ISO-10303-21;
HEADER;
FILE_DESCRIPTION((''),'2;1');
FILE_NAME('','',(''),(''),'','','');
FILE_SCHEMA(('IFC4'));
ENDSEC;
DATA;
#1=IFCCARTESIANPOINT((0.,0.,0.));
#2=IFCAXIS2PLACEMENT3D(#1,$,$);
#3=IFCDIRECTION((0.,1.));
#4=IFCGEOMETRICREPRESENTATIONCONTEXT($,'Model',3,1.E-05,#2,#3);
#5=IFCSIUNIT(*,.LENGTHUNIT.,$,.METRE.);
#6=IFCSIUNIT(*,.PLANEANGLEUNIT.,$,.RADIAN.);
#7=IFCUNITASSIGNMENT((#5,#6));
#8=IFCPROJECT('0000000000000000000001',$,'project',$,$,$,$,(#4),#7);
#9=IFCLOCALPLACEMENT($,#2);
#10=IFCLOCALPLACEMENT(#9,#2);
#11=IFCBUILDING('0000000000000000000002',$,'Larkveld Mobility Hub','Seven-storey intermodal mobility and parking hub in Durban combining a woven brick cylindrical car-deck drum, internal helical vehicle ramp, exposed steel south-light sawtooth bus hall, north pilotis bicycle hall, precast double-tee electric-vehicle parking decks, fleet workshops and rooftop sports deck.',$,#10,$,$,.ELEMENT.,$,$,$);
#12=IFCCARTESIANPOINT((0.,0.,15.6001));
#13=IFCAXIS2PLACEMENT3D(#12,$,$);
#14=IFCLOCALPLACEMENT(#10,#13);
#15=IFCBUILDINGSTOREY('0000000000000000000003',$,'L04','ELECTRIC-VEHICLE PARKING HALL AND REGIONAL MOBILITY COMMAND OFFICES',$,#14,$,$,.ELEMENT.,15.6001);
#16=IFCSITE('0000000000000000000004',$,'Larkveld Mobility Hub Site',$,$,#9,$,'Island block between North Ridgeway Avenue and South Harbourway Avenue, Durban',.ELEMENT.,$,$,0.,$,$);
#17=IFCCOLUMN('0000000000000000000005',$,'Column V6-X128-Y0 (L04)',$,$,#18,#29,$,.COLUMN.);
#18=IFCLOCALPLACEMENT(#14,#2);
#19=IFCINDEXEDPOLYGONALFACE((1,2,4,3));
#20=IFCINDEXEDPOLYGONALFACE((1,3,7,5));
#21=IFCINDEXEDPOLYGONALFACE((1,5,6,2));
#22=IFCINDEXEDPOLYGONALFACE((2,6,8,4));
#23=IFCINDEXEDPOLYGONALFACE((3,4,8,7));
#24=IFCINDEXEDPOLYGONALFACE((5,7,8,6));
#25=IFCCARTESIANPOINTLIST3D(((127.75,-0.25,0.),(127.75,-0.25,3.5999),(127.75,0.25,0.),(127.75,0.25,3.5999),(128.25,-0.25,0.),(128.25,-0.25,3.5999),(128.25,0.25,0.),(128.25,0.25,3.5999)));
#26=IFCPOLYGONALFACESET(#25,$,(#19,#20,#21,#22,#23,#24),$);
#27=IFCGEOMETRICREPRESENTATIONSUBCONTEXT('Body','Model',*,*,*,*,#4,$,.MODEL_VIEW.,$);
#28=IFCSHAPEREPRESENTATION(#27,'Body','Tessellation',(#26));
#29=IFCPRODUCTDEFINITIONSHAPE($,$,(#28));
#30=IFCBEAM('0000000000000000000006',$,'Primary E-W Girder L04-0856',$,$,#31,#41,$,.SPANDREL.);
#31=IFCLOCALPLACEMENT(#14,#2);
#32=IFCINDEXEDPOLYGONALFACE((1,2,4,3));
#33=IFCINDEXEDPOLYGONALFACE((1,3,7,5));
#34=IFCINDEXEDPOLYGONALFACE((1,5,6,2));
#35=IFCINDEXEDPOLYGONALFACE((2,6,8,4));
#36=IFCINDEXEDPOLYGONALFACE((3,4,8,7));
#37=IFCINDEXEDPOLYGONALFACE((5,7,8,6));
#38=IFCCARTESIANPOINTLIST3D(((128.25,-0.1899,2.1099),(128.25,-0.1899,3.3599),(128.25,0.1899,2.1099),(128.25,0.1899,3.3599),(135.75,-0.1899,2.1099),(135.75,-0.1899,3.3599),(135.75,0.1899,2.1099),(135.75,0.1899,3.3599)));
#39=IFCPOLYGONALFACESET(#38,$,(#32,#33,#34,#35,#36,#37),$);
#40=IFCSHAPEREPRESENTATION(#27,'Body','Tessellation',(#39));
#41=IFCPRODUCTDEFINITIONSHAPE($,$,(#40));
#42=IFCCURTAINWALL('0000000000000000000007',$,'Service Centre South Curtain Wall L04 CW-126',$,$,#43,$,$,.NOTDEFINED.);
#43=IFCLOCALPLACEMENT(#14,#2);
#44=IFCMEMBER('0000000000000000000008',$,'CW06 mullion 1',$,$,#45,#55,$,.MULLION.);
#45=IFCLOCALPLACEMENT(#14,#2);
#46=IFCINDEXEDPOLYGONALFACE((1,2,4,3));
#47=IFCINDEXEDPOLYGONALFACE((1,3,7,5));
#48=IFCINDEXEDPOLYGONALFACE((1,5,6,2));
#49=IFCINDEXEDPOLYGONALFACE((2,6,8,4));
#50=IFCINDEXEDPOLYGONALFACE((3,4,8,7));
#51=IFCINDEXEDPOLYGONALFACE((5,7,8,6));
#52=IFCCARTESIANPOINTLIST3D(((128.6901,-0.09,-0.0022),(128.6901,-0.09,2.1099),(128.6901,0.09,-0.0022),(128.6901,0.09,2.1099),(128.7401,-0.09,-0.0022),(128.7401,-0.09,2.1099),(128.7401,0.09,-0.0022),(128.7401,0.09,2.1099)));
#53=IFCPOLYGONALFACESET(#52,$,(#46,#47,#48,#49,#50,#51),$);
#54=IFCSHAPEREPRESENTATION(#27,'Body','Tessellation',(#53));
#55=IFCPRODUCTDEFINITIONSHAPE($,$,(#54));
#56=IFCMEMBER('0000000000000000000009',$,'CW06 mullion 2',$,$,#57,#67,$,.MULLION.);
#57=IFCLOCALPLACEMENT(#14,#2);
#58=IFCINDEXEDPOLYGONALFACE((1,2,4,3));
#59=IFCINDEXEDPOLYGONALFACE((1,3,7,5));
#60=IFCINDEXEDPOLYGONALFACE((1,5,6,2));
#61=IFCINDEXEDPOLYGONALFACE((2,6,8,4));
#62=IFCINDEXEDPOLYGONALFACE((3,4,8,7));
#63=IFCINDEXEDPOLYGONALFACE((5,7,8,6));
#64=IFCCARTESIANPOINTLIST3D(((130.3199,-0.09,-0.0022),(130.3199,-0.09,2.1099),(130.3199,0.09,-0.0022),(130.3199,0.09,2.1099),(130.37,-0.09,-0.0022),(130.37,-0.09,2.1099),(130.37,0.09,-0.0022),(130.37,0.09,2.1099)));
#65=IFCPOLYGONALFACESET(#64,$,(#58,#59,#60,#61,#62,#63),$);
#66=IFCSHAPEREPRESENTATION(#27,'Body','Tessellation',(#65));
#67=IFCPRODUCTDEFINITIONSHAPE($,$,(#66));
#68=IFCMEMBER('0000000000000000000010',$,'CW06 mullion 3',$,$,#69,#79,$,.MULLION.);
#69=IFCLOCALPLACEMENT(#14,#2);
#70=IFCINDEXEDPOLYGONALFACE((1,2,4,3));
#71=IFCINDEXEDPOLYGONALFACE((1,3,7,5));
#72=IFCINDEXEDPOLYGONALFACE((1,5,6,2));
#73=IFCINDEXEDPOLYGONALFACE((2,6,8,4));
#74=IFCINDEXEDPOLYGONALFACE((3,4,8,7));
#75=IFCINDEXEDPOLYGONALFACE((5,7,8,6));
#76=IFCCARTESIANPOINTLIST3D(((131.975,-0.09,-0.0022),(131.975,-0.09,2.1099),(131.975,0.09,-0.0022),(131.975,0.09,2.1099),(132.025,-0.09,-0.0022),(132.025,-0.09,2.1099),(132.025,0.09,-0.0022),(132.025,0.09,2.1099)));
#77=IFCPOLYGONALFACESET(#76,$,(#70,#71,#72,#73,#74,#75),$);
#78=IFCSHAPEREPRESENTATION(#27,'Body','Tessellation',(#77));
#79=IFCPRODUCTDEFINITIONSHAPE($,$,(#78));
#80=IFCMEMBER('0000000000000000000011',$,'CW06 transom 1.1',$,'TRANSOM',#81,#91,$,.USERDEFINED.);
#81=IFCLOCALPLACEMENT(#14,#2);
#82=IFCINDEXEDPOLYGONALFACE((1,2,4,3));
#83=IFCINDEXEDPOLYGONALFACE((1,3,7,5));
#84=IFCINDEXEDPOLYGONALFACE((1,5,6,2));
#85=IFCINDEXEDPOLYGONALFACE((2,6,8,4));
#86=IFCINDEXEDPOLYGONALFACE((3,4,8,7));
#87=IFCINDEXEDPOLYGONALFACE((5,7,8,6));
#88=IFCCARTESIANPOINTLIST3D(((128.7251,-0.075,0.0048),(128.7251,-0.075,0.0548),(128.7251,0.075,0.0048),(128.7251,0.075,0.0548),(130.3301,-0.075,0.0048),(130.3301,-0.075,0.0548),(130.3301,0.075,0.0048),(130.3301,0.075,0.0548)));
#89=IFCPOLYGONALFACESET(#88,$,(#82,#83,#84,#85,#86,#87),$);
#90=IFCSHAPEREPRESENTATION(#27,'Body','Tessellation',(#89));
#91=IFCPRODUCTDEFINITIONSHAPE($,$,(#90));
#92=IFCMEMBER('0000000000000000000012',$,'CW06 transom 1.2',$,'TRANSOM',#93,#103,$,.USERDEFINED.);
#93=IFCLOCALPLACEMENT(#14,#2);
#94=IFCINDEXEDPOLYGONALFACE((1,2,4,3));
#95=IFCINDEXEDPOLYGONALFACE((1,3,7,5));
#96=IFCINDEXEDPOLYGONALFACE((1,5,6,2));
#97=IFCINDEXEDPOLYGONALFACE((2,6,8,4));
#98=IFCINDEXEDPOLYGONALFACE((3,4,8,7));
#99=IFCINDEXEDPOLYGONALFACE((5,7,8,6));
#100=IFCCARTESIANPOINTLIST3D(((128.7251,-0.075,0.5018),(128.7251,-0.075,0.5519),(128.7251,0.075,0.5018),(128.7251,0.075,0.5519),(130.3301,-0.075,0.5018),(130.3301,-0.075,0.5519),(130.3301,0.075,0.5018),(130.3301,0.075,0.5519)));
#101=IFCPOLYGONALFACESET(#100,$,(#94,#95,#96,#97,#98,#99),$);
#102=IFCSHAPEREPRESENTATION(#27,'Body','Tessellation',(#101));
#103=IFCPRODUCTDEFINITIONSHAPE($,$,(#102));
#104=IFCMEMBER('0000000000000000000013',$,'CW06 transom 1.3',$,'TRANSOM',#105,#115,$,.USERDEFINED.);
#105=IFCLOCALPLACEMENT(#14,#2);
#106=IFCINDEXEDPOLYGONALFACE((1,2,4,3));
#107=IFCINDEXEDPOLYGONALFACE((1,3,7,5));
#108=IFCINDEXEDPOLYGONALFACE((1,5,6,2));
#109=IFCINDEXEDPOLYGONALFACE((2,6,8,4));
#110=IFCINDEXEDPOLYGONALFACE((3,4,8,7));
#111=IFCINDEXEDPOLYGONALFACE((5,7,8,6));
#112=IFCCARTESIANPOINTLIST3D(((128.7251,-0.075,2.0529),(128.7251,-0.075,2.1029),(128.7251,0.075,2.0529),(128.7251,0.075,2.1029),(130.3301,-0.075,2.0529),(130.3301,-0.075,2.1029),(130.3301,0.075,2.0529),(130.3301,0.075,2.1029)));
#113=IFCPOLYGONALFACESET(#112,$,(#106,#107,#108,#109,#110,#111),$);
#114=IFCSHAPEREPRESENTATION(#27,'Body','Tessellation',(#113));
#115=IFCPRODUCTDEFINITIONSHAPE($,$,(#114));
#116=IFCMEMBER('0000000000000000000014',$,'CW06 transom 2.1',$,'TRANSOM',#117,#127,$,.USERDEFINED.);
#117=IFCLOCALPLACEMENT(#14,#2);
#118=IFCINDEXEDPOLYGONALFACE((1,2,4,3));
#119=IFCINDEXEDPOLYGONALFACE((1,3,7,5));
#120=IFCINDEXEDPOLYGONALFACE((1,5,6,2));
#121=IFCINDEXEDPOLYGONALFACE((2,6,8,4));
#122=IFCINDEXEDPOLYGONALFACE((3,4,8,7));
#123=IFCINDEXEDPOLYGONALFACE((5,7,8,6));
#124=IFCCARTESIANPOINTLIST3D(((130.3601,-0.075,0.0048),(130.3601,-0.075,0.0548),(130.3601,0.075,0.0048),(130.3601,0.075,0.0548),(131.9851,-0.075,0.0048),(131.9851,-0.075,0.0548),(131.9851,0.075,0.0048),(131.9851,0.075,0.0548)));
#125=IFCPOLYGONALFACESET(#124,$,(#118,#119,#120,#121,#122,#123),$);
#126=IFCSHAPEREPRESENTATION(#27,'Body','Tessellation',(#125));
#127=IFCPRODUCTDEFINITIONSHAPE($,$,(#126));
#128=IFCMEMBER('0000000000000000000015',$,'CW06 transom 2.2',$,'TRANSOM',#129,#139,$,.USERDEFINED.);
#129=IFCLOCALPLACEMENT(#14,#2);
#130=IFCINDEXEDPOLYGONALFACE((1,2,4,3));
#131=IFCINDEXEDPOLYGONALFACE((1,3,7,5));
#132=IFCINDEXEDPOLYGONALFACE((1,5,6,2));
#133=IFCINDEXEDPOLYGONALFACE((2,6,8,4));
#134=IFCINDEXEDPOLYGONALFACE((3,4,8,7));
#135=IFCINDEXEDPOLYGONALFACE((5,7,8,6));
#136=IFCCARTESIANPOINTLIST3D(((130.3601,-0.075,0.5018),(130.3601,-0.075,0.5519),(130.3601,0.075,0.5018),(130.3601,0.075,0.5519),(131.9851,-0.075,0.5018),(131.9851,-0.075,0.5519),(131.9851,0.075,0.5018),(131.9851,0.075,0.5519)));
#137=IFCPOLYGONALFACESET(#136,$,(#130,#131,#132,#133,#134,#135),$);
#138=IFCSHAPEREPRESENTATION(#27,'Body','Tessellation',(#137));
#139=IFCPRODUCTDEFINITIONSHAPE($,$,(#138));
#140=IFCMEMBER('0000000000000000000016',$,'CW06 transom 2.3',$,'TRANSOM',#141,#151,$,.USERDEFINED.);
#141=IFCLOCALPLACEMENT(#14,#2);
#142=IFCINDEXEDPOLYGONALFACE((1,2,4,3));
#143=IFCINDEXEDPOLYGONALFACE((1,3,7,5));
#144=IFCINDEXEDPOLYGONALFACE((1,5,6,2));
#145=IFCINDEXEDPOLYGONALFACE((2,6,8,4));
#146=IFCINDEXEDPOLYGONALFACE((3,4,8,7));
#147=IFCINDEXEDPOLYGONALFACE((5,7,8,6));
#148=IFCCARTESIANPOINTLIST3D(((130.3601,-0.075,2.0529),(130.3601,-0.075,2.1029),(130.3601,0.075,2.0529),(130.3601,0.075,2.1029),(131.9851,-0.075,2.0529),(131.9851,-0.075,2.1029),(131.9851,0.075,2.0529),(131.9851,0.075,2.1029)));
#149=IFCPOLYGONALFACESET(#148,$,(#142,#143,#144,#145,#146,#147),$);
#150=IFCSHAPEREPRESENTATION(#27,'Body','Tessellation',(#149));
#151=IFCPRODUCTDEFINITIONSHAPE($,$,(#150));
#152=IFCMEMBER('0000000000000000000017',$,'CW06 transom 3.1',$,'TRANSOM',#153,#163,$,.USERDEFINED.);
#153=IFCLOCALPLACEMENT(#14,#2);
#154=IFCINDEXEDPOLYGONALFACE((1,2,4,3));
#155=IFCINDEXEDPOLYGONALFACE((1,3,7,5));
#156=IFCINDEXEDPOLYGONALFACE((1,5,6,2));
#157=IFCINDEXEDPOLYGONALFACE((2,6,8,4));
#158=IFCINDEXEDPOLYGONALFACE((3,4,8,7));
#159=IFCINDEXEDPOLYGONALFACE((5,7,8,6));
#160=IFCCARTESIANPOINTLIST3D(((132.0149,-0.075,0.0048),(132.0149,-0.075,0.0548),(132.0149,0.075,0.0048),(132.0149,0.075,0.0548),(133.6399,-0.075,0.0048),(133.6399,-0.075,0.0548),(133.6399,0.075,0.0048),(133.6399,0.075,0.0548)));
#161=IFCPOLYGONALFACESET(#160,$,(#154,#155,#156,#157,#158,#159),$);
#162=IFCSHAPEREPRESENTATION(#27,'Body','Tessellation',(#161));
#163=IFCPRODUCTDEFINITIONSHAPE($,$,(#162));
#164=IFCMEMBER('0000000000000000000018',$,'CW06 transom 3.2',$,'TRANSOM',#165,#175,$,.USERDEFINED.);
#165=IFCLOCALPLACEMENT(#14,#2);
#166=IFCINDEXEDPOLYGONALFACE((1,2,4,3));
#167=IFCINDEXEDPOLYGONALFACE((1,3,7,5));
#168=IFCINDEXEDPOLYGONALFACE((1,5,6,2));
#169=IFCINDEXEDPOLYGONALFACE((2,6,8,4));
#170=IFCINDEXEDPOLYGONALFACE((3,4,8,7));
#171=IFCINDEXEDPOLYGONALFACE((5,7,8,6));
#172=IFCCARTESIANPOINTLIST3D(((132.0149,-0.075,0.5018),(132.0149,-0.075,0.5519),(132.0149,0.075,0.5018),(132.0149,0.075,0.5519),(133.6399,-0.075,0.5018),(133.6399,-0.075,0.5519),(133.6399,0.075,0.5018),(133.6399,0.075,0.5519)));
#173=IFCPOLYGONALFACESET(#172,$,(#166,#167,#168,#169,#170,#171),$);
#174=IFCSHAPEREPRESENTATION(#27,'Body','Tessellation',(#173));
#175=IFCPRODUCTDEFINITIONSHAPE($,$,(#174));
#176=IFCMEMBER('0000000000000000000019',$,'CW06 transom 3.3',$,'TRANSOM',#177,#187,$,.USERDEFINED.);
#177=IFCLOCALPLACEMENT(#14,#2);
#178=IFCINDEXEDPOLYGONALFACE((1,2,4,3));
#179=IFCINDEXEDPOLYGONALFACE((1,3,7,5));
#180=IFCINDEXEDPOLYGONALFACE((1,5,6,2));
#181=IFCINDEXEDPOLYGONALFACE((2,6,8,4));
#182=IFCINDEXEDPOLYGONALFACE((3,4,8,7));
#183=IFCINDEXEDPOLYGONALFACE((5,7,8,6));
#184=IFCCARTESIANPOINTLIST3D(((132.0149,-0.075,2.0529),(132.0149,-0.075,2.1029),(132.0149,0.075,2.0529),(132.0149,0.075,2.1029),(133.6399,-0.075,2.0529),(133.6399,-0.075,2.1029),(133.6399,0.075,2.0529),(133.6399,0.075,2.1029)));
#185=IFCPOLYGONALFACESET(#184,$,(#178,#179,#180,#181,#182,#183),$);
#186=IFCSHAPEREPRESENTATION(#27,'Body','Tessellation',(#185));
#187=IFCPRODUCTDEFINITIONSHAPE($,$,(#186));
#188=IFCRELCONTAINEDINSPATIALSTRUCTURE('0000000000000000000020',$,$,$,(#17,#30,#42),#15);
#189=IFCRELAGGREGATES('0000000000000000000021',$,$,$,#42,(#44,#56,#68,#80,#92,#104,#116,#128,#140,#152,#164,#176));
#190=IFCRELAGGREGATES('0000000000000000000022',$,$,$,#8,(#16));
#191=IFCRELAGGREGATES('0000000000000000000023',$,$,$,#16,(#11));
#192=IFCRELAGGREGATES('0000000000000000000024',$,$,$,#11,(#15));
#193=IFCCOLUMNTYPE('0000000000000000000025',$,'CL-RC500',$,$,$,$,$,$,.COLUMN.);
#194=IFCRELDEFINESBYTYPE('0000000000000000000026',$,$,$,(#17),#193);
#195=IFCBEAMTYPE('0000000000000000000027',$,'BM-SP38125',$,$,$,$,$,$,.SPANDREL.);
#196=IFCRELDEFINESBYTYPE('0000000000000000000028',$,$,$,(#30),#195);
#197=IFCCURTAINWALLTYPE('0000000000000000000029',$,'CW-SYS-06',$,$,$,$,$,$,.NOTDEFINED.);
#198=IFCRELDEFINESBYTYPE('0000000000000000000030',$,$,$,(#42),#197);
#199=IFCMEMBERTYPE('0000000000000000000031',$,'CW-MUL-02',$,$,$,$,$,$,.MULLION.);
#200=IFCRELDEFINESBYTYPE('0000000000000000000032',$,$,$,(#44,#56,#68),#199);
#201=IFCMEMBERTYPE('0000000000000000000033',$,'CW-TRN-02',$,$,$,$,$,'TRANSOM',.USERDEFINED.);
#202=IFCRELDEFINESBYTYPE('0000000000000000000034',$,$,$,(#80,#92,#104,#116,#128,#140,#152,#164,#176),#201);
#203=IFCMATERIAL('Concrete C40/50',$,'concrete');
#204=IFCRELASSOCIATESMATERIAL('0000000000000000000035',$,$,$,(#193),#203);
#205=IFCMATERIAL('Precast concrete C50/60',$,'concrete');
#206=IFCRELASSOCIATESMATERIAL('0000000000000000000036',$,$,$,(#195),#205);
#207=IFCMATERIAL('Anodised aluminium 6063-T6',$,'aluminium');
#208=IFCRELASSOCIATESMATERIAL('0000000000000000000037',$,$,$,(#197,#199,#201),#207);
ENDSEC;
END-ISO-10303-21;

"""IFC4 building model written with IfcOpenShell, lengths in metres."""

from ifc_helpers import new_model, si_unit, direction, frame, origin, origin_2d, place, context, subcontext, project, spatial, rectangle, extrude, material, material_profile, profile_set, type_object, element, aggregate, save


model = new_model("IFC4")

# Units and contexts
model_context = context("Model", 3, precision=1e-05, world=origin(), true_north=direction((0.0, 1.0)))
body_context = subcontext(model_context, "Body", "Model", "MODEL_VIEW")
ifc_project = project(units=[si_unit("LENGTHUNIT", "METRE"), si_unit("PLANEANGLEUNIT", "RADIAN")], contexts=[model_context])

# Site, building, storey
site_placement = place(None, origin())
site = spatial("IfcSite", under=ifc_project, at=site_placement, Name="Larkveld Mobility Hub Site", LongName="Island block between North Ridgeway Avenue and South Harbourway Avenue, Durban", CompositionType="ELEMENT", RefElevation=0.0)
building_placement = place(site_placement, origin())
building = spatial("IfcBuilding", under=site, at=building_placement, Name="Larkveld Mobility Hub", Description="Seven-storey intermodal mobility and parking hub in Durban combining a woven brick cylindrical car-deck drum, internal helical vehicle ramp, exposed steel south-light sawtooth bus hall, north pilotis bicycle hall, precast double-tee electric-vehicle parking decks, fleet workshops and rooftop sports deck.", CompositionType="ELEMENT")
storey_placement = place(building_placement, frame((0.0, 0.0, 15.6001)))
storey = spatial("IfcBuildingStorey", under=building, at=storey_placement, Name="L04", Description="ELECTRIC-VEHICLE PARKING HALL AND REGIONAL MOBILITY COMMAND OFFICES", CompositionType="ELEMENT", Elevation=15.6001)

# Column
ifc_material_1 = material(Name="Concrete C40/50", Category="concrete")
ifc_material_profile_1 = material_profile(ifc_material_1, rectangle(XDim=0.5, YDim=0.5, at=origin_2d()), Name="RC COL 500x500")
ifc_profile_set_1 = profile_set([ifc_material_profile_1], Name="Concrete C40/50")
column_type = type_object("IfcColumnType", Name="CL-RC500", PredefinedType="COLUMN", material=ifc_profile_set_1)
column_placement = place(storey_placement, frame((128.0, 0.0, 0.0), z_axis=(0.0, 0.0, 1.0), x_axis=(1.0, 0.0, 0.0)))
element("IfcColumn", 1, at=column_placement, inside=storey, type_object=column_type, Name="Column V6-X128-Y0 (L04)", PredefinedType="COLUMN", context=body_context, shape_type="SweptSolid", body=[
    extrude(rectangle(XDim=0.5, YDim=0.5, at=origin_2d()), origin(), (0.0, 0.0, 1.0), 3.5999),
])

# Beam
ifc_material_2 = material(Name="Precast concrete C50/60", Category="concrete")
ifc_material_profile_2 = material_profile(ifc_material_2, rectangle(XDim=0.3799, YDim=1.25, at=origin_2d()), Name="PC SP 380x1250")
ifc_profile_set_2 = profile_set([ifc_material_profile_2], Name="Precast concrete C50/60")
beam_type = type_object("IfcBeamType", Name="BM-SP38125", PredefinedType="SPANDREL", material=ifc_profile_set_2)
beam_placement = place(storey_placement, frame((128.25, 0.0, 2.7349), z_axis=(1.0, 0.0, 0.0), x_axis=(0.0, 1.0, 0.0)))
element("IfcBeam", 2, at=beam_placement, inside=storey, type_object=beam_type, Name="Primary E-W Girder L04-0856", PredefinedType="SPANDREL", context=body_context, shape_type="SweptSolid", body=[
    extrude(rectangle(XDim=0.3799, YDim=1.25, at=origin_2d()), origin(), (0.0, 0.0, 1.0), 7.5),
])

# Curtain wall, members
ifc_material_3 = material(Name="Anodised aluminium 6063-T6", Category="aluminium")
curtain_wall_type = type_object("IfcCurtainWallType", Name="CW-SYS-06", PredefinedType="NOTDEFINED", material=ifc_material_3)
curtain_wall_placement = place(storey_placement, origin())
curtain_wall = element("IfcCurtainWall", 3, at=curtain_wall_placement, inside=storey, type_object=curtain_wall_type, Name="Service Centre South Curtain Wall L04 CW-126", PredefinedType="NOTDEFINED")
ifc_material_profile_3 = material_profile(ifc_material_3, rectangle(XDim=0.05, YDim=0.1799, at=origin_2d()), Name="ALU MULL 50x180")
ifc_profile_set_3 = profile_set([ifc_material_profile_3], Name="Anodised aluminium 6063-T6")
member_type_1 = type_object("IfcMemberType", Name="CW-MUL-02", PredefinedType="MULLION", material=ifc_profile_set_3)
member_1_placement = place(storey_placement, frame((128.7151, 0.0, -0.0022), z_axis=(0.0, 0.0, 1.0), x_axis=(1.0, 0.0, 0.0)))
member_1 = element("IfcMember", 4, at=member_1_placement, type_object=member_type_1, Name="CW06 mullion 1", PredefinedType="MULLION", context=body_context, shape_type="SweptSolid", body=[
    extrude(rectangle(XDim=0.05, YDim=0.1799, at=origin_2d()), origin(), (0.0, 0.0, 1.0), 2.1121),
])
member_2_placement = place(storey_placement, frame((130.345, 0.0, -0.0022), z_axis=(0.0, 0.0, 1.0), x_axis=(1.0, 0.0, 0.0)))
member_2 = element("IfcMember", 5, at=member_2_placement, type_object=member_type_1, Name="CW06 mullion 2", PredefinedType="MULLION", context=body_context, shape_type="SweptSolid", body=[
    extrude(rectangle(XDim=0.05, YDim=0.1799, at=origin_2d()), origin(), (0.0, 0.0, 1.0), 2.1121),
])
member_3_placement = place(storey_placement, frame((132.0, 0.0, -0.0022), z_axis=(0.0, 0.0, 1.0), x_axis=(1.0, 0.0, 0.0)))
member_3 = element("IfcMember", 6, at=member_3_placement, type_object=member_type_1, Name="CW06 mullion 3", PredefinedType="MULLION", context=body_context, shape_type="SweptSolid", body=[
    extrude(rectangle(XDim=0.05, YDim=0.1799, at=origin_2d()), origin(), (0.0, 0.0, 1.0), 2.1121),
])
ifc_material_profile_4 = material_profile(ifc_material_3, rectangle(XDim=0.1499, YDim=0.05, at=origin_2d()), Name="ALU TRAN 50x150")
ifc_profile_set_4 = profile_set([ifc_material_profile_4], Name="Anodised aluminium 6063-T6")
member_type_2 = type_object("IfcMemberType", Name="CW-TRN-02", ElementType="TRANSOM", PredefinedType="USERDEFINED", material=ifc_profile_set_4)
member_4_placement = place(storey_placement, frame((128.7251, 0.0, 0.0298), z_axis=(1.0, 0.0, 0.0), x_axis=(0.0, 1.0, 0.0)))
member_4 = element("IfcMember", 7, at=member_4_placement, type_object=member_type_2, Name="CW06 transom 1.1", ObjectType="TRANSOM", PredefinedType="USERDEFINED", context=body_context, shape_type="SweptSolid", body=[
    extrude(rectangle(XDim=0.1499, YDim=0.05, at=origin_2d()), origin(), (0.0, 0.0, 1.0), 1.605),
])
member_5_placement = place(storey_placement, frame((128.7251, 0.0, 0.5269), z_axis=(1.0, 0.0, 0.0), x_axis=(0.0, 1.0, 0.0)))
member_5 = element("IfcMember", 8, at=member_5_placement, type_object=member_type_2, Name="CW06 transom 1.2", ObjectType="TRANSOM", PredefinedType="USERDEFINED", context=body_context, shape_type="SweptSolid", body=[
    extrude(rectangle(XDim=0.1499, YDim=0.05, at=origin_2d()), origin(), (0.0, 0.0, 1.0), 1.605),
])
member_6_placement = place(storey_placement, frame((128.7251, 0.0, 2.0779), z_axis=(1.0, 0.0, 0.0), x_axis=(0.0, 1.0, 0.0)))
member_6 = element("IfcMember", 9, at=member_6_placement, type_object=member_type_2, Name="CW06 transom 1.3", ObjectType="TRANSOM", PredefinedType="USERDEFINED", context=body_context, shape_type="SweptSolid", body=[
    extrude(rectangle(XDim=0.1499, YDim=0.05, at=origin_2d()), origin(), (0.0, 0.0, 1.0), 1.605),
])
member_7_placement = place(storey_placement, frame((130.3601, 0.0, 0.0298), z_axis=(1.0, 0.0, 0.0), x_axis=(0.0, 1.0, 0.0)))
member_7 = element("IfcMember", 10, at=member_7_placement, type_object=member_type_2, Name="CW06 transom 2.1", ObjectType="TRANSOM", PredefinedType="USERDEFINED", context=body_context, shape_type="SweptSolid", body=[
    extrude(rectangle(XDim=0.1499, YDim=0.05, at=origin_2d()), origin(), (0.0, 0.0, 1.0), 1.625),
])
member_8_placement = place(storey_placement, frame((130.3601, 0.0, 0.5269), z_axis=(1.0, 0.0, 0.0), x_axis=(0.0, 1.0, 0.0)))
member_8 = element("IfcMember", 11, at=member_8_placement, type_object=member_type_2, Name="CW06 transom 2.2", ObjectType="TRANSOM", PredefinedType="USERDEFINED", context=body_context, shape_type="SweptSolid", body=[
    extrude(rectangle(XDim=0.1499, YDim=0.05, at=origin_2d()), origin(), (0.0, 0.0, 1.0), 1.625),
])
member_9_placement = place(storey_placement, frame((130.3601, 0.0, 2.0779), z_axis=(1.0, 0.0, 0.0), x_axis=(0.0, 1.0, 0.0)))
member_9 = element("IfcMember", 12, at=member_9_placement, type_object=member_type_2, Name="CW06 transom 2.3", ObjectType="TRANSOM", PredefinedType="USERDEFINED", context=body_context, shape_type="SweptSolid", body=[
    extrude(rectangle(XDim=0.1499, YDim=0.05, at=origin_2d()), origin(), (0.0, 0.0, 1.0), 1.625),
])
member_10_placement = place(storey_placement, frame((132.0149, 0.0, 0.0298), z_axis=(1.0, 0.0, 0.0), x_axis=(0.0, 1.0, 0.0)))
member_10 = element("IfcMember", 13, at=member_10_placement, type_object=member_type_2, Name="CW06 transom 3.1", ObjectType="TRANSOM", PredefinedType="USERDEFINED", context=body_context, shape_type="SweptSolid", body=[
    extrude(rectangle(XDim=0.1499, YDim=0.05, at=origin_2d()), origin(), (0.0, 0.0, 1.0), 1.625),
])
member_11_placement = place(storey_placement, frame((132.0149, 0.0, 0.5269), z_axis=(1.0, 0.0, 0.0), x_axis=(0.0, 1.0, 0.0)))
member_11 = element("IfcMember", 14, at=member_11_placement, type_object=member_type_2, Name="CW06 transom 3.2", ObjectType="TRANSOM", PredefinedType="USERDEFINED", context=body_context, shape_type="SweptSolid", body=[
    extrude(rectangle(XDim=0.1499, YDim=0.05, at=origin_2d()), origin(), (0.0, 0.0, 1.0), 1.625),
])
member_12_placement = place(storey_placement, frame((132.0149, 0.0, 2.0779), z_axis=(1.0, 0.0, 0.0), x_axis=(0.0, 1.0, 0.0)))
member_12 = element("IfcMember", 15, at=member_12_placement, type_object=member_type_2, Name="CW06 transom 3.3", ObjectType="TRANSOM", PredefinedType="USERDEFINED", context=body_context, shape_type="SweptSolid", body=[
    extrude(rectangle(XDim=0.1499, YDim=0.05, at=origin_2d()), origin(), (0.0, 0.0, 1.0), 1.625),
])
aggregate(curtain_wall, [member_1, member_2, member_3, member_4, member_5, member_6, member_7, member_8, member_9, member_10, member_11, member_12])

save(model, "model.ifc")
